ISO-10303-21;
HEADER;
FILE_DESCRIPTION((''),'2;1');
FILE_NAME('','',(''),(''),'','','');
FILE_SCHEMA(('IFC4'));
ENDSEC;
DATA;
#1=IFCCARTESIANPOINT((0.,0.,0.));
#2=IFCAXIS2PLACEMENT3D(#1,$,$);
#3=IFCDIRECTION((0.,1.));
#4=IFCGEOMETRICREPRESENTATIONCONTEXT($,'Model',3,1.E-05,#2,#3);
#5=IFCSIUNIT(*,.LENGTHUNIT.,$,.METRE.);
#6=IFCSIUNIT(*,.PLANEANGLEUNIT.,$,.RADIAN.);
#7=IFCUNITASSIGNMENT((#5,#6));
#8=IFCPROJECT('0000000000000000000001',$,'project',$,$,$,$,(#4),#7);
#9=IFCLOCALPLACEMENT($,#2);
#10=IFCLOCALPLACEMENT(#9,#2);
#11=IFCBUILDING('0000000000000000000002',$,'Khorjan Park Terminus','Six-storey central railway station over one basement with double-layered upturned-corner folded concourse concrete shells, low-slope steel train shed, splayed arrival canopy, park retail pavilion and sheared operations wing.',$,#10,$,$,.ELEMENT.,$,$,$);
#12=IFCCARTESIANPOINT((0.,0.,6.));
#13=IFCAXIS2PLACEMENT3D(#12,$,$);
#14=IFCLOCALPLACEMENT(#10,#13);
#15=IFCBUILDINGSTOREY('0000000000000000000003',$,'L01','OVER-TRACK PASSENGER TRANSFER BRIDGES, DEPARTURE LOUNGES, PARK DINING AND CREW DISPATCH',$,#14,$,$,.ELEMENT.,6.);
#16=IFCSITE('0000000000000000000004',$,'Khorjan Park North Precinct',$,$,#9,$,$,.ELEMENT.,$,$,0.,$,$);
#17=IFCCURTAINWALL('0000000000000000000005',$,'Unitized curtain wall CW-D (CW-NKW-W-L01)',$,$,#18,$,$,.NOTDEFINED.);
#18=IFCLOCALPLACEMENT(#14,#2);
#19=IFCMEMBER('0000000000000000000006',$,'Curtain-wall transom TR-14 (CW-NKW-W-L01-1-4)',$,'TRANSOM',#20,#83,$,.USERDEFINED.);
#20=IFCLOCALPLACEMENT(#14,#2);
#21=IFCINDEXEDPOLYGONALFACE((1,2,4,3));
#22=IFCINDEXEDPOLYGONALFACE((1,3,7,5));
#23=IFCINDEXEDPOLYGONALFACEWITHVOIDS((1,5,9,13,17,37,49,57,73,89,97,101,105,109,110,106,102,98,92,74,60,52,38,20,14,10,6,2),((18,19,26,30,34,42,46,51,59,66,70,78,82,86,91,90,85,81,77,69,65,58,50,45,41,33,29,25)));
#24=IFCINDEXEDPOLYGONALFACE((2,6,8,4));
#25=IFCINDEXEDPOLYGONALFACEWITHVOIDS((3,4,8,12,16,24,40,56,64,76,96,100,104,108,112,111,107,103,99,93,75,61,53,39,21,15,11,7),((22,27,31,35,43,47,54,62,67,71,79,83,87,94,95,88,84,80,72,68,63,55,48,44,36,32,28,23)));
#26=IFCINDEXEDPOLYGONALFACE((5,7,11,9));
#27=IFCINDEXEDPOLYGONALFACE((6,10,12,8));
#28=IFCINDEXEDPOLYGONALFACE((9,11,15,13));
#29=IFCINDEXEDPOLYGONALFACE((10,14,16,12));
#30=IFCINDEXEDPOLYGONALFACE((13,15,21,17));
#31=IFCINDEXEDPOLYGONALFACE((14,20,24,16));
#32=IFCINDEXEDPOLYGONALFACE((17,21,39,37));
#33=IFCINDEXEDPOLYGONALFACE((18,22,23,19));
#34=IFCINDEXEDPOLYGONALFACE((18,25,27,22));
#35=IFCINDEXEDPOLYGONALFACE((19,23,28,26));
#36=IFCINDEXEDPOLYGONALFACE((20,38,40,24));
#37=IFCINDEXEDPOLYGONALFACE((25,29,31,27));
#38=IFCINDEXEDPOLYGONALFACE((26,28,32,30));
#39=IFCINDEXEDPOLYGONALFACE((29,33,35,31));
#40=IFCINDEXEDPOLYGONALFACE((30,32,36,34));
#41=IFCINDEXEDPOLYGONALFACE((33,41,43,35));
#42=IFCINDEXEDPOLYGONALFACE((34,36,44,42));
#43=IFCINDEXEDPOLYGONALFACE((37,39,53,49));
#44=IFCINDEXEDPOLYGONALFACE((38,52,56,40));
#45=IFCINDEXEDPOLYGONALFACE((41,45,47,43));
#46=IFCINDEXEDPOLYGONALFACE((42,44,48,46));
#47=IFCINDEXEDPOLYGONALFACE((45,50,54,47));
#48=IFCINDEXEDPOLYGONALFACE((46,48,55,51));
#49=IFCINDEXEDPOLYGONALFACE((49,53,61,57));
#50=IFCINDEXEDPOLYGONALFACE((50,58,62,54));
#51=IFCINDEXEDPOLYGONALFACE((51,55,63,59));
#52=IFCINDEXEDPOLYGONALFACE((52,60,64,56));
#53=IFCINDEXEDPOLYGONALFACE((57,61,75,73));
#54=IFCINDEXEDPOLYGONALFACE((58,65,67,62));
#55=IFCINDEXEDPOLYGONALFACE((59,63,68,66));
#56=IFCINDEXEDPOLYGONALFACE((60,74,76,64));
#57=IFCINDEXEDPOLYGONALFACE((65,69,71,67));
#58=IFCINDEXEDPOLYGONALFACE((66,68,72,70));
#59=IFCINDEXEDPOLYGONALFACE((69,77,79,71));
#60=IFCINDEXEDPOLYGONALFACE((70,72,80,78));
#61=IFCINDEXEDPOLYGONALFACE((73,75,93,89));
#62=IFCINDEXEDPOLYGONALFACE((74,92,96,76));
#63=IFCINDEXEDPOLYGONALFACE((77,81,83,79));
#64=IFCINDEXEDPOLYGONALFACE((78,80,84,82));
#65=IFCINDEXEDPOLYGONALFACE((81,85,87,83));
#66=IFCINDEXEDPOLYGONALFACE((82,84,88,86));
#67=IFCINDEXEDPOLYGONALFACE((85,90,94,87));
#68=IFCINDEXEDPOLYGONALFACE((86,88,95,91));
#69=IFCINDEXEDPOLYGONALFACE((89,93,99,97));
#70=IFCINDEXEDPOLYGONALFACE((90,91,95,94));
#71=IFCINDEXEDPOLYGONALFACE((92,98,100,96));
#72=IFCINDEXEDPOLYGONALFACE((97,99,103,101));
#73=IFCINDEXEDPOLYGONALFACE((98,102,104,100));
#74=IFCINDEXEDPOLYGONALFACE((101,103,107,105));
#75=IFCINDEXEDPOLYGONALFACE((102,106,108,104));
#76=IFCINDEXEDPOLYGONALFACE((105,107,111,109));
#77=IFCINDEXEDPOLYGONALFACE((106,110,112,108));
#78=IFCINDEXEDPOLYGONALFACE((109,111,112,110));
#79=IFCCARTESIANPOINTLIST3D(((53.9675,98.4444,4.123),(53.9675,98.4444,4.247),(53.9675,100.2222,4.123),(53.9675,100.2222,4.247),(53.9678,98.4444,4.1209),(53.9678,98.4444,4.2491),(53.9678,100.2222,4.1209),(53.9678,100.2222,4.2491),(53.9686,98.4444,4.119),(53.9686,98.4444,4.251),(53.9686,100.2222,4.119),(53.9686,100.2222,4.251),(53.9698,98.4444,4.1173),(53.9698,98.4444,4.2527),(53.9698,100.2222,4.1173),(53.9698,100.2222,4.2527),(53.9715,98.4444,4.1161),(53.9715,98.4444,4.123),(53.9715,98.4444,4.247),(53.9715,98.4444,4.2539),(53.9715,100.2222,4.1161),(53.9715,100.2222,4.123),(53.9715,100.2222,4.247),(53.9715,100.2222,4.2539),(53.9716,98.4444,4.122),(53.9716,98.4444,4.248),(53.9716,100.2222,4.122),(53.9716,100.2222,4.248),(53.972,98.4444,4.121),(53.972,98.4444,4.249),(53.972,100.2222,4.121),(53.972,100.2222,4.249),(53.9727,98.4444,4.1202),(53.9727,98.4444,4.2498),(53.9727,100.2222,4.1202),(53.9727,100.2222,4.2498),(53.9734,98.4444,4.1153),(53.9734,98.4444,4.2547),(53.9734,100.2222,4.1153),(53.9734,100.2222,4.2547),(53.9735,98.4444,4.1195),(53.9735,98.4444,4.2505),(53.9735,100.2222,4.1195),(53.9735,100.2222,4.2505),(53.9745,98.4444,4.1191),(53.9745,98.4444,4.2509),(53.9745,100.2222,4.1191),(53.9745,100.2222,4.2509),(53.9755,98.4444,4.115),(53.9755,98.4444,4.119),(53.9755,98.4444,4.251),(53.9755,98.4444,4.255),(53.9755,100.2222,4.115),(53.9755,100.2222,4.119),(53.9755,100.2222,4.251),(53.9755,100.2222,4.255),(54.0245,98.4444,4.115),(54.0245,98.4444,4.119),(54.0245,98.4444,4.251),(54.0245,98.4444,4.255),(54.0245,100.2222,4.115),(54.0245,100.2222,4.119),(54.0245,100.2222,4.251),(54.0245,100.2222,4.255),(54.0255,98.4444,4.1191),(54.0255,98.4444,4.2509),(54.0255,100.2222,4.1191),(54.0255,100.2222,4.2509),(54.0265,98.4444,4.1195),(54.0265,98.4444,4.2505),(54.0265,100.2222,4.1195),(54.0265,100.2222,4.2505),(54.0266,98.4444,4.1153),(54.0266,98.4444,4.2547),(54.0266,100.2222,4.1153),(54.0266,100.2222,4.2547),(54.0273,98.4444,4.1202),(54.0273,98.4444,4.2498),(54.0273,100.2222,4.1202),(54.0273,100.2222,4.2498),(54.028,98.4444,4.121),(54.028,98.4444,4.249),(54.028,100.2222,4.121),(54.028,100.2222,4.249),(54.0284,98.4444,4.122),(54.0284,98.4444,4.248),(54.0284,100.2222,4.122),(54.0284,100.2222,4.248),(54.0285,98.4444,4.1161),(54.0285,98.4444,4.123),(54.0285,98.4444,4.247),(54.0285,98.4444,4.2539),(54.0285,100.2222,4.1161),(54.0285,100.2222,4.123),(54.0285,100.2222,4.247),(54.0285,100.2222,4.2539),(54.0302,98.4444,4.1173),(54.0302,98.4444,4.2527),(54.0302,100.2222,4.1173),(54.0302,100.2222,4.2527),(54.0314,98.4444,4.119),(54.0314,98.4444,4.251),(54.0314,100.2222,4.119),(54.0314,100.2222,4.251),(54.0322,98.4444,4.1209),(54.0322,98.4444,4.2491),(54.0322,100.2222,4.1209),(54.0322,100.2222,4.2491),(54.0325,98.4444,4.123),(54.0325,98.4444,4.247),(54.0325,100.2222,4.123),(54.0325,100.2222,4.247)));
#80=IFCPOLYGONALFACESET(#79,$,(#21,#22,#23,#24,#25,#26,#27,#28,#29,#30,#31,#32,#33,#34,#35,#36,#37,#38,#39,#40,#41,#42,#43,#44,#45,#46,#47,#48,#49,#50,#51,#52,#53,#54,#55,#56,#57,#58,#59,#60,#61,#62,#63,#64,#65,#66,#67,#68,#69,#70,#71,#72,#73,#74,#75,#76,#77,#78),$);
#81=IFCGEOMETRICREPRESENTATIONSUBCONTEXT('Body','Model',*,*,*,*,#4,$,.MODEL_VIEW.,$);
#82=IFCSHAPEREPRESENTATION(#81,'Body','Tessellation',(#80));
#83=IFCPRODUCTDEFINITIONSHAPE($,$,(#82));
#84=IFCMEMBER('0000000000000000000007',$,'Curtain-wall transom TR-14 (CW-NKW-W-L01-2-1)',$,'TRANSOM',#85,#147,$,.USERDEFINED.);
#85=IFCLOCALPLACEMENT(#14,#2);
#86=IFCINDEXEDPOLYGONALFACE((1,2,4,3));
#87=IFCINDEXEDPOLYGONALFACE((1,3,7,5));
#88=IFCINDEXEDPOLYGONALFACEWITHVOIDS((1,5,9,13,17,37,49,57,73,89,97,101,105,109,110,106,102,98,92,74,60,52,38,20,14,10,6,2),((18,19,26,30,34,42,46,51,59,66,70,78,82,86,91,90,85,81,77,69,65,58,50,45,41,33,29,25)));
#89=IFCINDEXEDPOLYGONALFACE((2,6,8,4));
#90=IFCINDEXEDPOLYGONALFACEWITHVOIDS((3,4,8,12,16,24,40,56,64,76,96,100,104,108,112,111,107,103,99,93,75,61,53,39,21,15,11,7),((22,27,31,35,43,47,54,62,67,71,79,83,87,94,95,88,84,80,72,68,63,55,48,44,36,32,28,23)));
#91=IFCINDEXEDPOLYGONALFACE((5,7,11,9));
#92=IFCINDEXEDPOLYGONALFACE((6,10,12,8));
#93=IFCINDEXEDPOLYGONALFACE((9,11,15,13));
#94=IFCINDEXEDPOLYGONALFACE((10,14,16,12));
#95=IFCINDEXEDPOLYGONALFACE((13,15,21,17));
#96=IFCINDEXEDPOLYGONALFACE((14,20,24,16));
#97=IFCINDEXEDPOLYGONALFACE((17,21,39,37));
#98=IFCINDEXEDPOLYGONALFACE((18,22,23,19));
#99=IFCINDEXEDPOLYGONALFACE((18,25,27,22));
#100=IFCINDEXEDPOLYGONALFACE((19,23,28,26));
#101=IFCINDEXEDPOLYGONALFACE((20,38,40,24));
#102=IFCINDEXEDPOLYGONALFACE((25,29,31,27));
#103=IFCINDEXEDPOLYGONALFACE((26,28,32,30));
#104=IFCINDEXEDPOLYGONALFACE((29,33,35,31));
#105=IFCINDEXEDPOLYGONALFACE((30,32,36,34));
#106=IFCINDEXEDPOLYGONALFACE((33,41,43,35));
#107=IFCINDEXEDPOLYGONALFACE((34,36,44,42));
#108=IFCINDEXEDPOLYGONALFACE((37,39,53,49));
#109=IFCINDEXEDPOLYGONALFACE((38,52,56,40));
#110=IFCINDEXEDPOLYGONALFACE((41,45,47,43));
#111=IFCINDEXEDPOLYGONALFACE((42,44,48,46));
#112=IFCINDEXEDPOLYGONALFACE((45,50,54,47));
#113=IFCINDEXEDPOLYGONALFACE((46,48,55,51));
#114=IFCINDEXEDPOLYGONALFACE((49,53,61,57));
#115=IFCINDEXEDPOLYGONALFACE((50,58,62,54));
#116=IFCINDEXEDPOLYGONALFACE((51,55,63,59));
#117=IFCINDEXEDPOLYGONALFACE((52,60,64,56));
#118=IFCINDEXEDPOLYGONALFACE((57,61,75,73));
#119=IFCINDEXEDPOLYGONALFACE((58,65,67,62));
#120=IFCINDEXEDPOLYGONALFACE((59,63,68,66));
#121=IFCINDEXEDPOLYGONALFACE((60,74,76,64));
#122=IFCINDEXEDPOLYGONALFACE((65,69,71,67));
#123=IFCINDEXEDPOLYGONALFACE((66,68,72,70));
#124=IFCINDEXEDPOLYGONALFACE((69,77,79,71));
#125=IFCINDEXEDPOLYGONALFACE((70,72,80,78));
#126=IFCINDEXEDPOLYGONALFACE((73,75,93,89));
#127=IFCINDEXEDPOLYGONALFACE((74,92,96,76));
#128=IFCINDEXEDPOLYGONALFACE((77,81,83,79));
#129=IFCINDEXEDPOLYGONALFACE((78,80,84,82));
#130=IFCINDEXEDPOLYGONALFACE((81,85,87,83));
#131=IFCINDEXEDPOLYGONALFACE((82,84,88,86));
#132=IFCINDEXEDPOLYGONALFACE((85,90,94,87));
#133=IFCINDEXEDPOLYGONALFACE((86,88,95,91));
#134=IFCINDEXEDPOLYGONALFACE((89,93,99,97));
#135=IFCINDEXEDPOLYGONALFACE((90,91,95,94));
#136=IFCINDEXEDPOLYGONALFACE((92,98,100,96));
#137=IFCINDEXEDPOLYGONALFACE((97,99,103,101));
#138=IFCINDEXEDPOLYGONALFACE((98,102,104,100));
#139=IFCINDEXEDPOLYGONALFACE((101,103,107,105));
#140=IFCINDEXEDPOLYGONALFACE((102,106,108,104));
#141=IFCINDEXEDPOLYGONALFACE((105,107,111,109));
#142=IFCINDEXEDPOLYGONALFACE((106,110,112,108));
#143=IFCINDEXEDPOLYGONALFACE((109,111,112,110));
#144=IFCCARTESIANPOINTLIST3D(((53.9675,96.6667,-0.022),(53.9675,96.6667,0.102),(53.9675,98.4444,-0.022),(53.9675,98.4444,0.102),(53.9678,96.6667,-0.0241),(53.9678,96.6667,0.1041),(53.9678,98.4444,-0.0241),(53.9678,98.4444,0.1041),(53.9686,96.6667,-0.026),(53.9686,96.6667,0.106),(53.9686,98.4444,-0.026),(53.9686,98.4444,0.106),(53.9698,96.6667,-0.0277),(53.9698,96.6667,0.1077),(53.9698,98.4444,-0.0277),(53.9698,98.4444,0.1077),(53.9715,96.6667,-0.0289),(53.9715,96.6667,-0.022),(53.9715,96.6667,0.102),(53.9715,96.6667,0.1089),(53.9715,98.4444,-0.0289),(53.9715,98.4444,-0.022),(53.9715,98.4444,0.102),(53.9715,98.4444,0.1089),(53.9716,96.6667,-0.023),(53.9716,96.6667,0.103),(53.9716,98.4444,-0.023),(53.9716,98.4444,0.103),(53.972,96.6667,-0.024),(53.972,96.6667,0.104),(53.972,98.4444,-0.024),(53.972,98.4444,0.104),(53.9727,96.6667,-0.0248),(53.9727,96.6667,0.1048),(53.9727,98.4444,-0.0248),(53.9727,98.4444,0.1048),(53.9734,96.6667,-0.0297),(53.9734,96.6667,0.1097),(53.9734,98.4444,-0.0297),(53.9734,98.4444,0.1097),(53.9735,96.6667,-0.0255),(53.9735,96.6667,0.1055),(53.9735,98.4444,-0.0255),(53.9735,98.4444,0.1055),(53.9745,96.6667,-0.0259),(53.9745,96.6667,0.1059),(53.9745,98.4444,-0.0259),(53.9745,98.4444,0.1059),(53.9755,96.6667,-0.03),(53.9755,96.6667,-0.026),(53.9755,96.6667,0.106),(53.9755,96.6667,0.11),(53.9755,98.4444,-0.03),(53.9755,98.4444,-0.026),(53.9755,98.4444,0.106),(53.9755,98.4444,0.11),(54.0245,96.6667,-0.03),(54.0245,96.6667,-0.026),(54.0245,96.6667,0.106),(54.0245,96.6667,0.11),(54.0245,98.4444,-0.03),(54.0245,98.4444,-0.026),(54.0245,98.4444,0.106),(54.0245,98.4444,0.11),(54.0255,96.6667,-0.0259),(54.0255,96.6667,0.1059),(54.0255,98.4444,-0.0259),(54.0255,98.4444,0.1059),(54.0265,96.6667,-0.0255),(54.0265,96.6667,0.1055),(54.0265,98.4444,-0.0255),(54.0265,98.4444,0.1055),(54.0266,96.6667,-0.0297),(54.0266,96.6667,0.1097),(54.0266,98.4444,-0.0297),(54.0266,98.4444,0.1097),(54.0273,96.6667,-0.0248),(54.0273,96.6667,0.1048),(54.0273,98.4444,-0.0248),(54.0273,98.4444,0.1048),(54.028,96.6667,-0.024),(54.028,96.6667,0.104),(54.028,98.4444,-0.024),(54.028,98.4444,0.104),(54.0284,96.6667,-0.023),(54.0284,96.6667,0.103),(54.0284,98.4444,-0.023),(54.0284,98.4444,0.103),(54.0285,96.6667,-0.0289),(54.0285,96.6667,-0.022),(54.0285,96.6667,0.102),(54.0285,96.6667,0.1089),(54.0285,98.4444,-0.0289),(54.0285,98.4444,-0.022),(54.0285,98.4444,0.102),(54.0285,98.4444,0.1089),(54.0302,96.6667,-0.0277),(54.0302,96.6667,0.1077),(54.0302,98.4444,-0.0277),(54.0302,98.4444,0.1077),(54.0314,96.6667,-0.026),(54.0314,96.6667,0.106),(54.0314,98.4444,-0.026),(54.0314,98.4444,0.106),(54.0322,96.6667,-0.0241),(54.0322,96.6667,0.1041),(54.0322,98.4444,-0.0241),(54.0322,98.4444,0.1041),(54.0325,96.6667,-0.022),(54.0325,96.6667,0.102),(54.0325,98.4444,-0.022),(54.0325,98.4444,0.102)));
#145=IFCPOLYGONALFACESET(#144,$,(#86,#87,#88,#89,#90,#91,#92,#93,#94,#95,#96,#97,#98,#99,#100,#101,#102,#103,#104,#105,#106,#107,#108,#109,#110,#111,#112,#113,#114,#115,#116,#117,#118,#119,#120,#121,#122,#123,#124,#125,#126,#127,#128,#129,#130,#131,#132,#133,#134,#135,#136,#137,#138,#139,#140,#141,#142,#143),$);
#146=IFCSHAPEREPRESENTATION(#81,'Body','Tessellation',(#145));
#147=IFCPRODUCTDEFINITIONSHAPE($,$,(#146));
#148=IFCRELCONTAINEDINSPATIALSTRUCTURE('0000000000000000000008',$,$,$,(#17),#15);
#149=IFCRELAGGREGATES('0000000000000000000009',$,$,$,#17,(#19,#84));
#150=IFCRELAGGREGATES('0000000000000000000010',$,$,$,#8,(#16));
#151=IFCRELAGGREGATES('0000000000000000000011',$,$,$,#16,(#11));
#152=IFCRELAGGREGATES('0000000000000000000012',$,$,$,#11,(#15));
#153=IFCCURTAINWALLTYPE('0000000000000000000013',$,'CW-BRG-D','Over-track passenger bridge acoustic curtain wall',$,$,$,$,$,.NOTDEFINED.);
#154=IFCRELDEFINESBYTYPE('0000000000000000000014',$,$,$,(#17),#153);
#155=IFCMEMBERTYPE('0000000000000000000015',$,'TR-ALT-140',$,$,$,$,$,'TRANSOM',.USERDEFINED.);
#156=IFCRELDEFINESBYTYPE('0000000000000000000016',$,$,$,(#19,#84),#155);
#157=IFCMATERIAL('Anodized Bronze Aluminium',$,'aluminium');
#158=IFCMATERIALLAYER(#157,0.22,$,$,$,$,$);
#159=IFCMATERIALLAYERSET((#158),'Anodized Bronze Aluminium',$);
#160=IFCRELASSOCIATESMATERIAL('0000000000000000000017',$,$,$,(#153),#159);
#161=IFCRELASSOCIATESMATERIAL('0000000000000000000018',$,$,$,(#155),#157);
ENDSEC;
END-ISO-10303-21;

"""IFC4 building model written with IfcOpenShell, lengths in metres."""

from ifc_helpers import new_model, si_unit, direction, frame, origin, origin_2d, place, context, subcontext, project, spatial, hollow_rectangle, extrude, material, layer, layer_set, material_profile, profile_set, type_object, element, aggregate, save


model = new_model("IFC4")

# Units and contexts
model_context = context("Model", 3, precision=1e-05, world=origin(), true_north=direction((0.0, 1.0)))
body_context = subcontext(model_context, "Body", "Model", "MODEL_VIEW")
ifc_project = project(units=[si_unit("LENGTHUNIT", "METRE"), si_unit("PLANEANGLEUNIT", "RADIAN")], contexts=[model_context])

# Site, building, storey
site_placement = place(None, origin())
site = spatial("IfcSite", under=ifc_project, at=site_placement, Name="Khorjan Park North Precinct", CompositionType="ELEMENT", RefElevation=0.0)
building_placement = place(site_placement, origin())
building = spatial("IfcBuilding", under=site, at=building_placement, Name="Khorjan Park Terminus", Description="Six-storey central railway station over one basement with double-layered upturned-corner folded concourse concrete shells, low-slope steel train shed, splayed arrival canopy, park retail pavilion and sheared operations wing.", CompositionType="ELEMENT")
storey_placement = place(building_placement, frame((0.0, 0.0, 6.0)))
storey = spatial("IfcBuildingStorey", under=building, at=storey_placement, Name="L01", Description="OVER-TRACK PASSENGER TRANSFER BRIDGES, DEPARTURE LOUNGES, PARK DINING AND CREW DISPATCH", CompositionType="ELEMENT", Elevation=6.0)

# Curtain wall, members
ifc_material_1 = material(Name="Anodized Bronze Aluminium", Category="aluminium")
ifc_layer_1 = layer(ifc_material_1, 0.22)
ifc_layer_set_1 = layer_set([ifc_layer_1], Name="Anodized Bronze Aluminium")
curtain_wall_type = type_object("IfcCurtainWallType", Name="CW-BRG-D", Description="Over-track passenger bridge acoustic curtain wall", PredefinedType="NOTDEFINED", material=ifc_layer_set_1)
curtain_wall_placement = place(storey_placement, origin())
curtain_wall = element("IfcCurtainWall", 1, at=curtain_wall_placement, inside=storey, type_object=curtain_wall_type, Name="Unitized curtain wall CW-D (CW-NKW-W-L01)", PredefinedType="NOTDEFINED")
ifc_material_profile_1 = material_profile(ifc_material_1, hollow_rectangle(XDim=0.065, YDim=0.14, WallThickness=0.004, InnerFilletRadius=0.004, OuterFilletRadius=0.008, at=origin_2d()), Name="ALT 65x140x4")
ifc_profile_set_1 = profile_set([ifc_material_profile_1], Name="Anodized Bronze Aluminium")
member_type_1 = type_object("IfcMemberType", Name="TR-ALT-140", ElementType="TRANSOM", PredefinedType="USERDEFINED", material=ifc_profile_set_1)
member_1_placement = place(storey_placement, frame((54.0, 100.2222, 4.185), z_axis=(0.0, -1.0, 0.0), x_axis=(1.0, 0.0, 0.0)))
member_1 = element("IfcMember", 2, at=member_1_placement, type_object=member_type_1, Name="Curtain-wall transom TR-14 (CW-NKW-W-L01-1-4)", ObjectType="TRANSOM", PredefinedType="USERDEFINED", context=body_context, shape_type="SweptSolid", body=[
    extrude(hollow_rectangle(XDim=0.065, YDim=0.14, WallThickness=0.004, InnerFilletRadius=0.004, OuterFilletRadius=0.008, at=origin_2d()), origin(), (0.0, 0.0, 1.0), 1.7778),
])
member_2_placement = place(storey_placement, frame((54.0, 98.4444, 0.04), z_axis=(0.0, -1.0, 0.0), x_axis=(1.0, 0.0, 0.0)))
member_2 = element("IfcMember", 3, at=member_2_placement, type_object=member_type_1, Name="Curtain-wall transom TR-14 (CW-NKW-W-L01-2-1)", ObjectType="TRANSOM", PredefinedType="USERDEFINED", context=body_context, shape_type="SweptSolid", body=[
    extrude(hollow_rectangle(XDim=0.065, YDim=0.14, WallThickness=0.004, InnerFilletRadius=0.004, OuterFilletRadius=0.008, at=origin_2d()), origin(), (0.0, 0.0, 1.0), 1.7777),
])
aggregate(curtain_wall, [member_1, member_2])

save(model, "model.ifc")
